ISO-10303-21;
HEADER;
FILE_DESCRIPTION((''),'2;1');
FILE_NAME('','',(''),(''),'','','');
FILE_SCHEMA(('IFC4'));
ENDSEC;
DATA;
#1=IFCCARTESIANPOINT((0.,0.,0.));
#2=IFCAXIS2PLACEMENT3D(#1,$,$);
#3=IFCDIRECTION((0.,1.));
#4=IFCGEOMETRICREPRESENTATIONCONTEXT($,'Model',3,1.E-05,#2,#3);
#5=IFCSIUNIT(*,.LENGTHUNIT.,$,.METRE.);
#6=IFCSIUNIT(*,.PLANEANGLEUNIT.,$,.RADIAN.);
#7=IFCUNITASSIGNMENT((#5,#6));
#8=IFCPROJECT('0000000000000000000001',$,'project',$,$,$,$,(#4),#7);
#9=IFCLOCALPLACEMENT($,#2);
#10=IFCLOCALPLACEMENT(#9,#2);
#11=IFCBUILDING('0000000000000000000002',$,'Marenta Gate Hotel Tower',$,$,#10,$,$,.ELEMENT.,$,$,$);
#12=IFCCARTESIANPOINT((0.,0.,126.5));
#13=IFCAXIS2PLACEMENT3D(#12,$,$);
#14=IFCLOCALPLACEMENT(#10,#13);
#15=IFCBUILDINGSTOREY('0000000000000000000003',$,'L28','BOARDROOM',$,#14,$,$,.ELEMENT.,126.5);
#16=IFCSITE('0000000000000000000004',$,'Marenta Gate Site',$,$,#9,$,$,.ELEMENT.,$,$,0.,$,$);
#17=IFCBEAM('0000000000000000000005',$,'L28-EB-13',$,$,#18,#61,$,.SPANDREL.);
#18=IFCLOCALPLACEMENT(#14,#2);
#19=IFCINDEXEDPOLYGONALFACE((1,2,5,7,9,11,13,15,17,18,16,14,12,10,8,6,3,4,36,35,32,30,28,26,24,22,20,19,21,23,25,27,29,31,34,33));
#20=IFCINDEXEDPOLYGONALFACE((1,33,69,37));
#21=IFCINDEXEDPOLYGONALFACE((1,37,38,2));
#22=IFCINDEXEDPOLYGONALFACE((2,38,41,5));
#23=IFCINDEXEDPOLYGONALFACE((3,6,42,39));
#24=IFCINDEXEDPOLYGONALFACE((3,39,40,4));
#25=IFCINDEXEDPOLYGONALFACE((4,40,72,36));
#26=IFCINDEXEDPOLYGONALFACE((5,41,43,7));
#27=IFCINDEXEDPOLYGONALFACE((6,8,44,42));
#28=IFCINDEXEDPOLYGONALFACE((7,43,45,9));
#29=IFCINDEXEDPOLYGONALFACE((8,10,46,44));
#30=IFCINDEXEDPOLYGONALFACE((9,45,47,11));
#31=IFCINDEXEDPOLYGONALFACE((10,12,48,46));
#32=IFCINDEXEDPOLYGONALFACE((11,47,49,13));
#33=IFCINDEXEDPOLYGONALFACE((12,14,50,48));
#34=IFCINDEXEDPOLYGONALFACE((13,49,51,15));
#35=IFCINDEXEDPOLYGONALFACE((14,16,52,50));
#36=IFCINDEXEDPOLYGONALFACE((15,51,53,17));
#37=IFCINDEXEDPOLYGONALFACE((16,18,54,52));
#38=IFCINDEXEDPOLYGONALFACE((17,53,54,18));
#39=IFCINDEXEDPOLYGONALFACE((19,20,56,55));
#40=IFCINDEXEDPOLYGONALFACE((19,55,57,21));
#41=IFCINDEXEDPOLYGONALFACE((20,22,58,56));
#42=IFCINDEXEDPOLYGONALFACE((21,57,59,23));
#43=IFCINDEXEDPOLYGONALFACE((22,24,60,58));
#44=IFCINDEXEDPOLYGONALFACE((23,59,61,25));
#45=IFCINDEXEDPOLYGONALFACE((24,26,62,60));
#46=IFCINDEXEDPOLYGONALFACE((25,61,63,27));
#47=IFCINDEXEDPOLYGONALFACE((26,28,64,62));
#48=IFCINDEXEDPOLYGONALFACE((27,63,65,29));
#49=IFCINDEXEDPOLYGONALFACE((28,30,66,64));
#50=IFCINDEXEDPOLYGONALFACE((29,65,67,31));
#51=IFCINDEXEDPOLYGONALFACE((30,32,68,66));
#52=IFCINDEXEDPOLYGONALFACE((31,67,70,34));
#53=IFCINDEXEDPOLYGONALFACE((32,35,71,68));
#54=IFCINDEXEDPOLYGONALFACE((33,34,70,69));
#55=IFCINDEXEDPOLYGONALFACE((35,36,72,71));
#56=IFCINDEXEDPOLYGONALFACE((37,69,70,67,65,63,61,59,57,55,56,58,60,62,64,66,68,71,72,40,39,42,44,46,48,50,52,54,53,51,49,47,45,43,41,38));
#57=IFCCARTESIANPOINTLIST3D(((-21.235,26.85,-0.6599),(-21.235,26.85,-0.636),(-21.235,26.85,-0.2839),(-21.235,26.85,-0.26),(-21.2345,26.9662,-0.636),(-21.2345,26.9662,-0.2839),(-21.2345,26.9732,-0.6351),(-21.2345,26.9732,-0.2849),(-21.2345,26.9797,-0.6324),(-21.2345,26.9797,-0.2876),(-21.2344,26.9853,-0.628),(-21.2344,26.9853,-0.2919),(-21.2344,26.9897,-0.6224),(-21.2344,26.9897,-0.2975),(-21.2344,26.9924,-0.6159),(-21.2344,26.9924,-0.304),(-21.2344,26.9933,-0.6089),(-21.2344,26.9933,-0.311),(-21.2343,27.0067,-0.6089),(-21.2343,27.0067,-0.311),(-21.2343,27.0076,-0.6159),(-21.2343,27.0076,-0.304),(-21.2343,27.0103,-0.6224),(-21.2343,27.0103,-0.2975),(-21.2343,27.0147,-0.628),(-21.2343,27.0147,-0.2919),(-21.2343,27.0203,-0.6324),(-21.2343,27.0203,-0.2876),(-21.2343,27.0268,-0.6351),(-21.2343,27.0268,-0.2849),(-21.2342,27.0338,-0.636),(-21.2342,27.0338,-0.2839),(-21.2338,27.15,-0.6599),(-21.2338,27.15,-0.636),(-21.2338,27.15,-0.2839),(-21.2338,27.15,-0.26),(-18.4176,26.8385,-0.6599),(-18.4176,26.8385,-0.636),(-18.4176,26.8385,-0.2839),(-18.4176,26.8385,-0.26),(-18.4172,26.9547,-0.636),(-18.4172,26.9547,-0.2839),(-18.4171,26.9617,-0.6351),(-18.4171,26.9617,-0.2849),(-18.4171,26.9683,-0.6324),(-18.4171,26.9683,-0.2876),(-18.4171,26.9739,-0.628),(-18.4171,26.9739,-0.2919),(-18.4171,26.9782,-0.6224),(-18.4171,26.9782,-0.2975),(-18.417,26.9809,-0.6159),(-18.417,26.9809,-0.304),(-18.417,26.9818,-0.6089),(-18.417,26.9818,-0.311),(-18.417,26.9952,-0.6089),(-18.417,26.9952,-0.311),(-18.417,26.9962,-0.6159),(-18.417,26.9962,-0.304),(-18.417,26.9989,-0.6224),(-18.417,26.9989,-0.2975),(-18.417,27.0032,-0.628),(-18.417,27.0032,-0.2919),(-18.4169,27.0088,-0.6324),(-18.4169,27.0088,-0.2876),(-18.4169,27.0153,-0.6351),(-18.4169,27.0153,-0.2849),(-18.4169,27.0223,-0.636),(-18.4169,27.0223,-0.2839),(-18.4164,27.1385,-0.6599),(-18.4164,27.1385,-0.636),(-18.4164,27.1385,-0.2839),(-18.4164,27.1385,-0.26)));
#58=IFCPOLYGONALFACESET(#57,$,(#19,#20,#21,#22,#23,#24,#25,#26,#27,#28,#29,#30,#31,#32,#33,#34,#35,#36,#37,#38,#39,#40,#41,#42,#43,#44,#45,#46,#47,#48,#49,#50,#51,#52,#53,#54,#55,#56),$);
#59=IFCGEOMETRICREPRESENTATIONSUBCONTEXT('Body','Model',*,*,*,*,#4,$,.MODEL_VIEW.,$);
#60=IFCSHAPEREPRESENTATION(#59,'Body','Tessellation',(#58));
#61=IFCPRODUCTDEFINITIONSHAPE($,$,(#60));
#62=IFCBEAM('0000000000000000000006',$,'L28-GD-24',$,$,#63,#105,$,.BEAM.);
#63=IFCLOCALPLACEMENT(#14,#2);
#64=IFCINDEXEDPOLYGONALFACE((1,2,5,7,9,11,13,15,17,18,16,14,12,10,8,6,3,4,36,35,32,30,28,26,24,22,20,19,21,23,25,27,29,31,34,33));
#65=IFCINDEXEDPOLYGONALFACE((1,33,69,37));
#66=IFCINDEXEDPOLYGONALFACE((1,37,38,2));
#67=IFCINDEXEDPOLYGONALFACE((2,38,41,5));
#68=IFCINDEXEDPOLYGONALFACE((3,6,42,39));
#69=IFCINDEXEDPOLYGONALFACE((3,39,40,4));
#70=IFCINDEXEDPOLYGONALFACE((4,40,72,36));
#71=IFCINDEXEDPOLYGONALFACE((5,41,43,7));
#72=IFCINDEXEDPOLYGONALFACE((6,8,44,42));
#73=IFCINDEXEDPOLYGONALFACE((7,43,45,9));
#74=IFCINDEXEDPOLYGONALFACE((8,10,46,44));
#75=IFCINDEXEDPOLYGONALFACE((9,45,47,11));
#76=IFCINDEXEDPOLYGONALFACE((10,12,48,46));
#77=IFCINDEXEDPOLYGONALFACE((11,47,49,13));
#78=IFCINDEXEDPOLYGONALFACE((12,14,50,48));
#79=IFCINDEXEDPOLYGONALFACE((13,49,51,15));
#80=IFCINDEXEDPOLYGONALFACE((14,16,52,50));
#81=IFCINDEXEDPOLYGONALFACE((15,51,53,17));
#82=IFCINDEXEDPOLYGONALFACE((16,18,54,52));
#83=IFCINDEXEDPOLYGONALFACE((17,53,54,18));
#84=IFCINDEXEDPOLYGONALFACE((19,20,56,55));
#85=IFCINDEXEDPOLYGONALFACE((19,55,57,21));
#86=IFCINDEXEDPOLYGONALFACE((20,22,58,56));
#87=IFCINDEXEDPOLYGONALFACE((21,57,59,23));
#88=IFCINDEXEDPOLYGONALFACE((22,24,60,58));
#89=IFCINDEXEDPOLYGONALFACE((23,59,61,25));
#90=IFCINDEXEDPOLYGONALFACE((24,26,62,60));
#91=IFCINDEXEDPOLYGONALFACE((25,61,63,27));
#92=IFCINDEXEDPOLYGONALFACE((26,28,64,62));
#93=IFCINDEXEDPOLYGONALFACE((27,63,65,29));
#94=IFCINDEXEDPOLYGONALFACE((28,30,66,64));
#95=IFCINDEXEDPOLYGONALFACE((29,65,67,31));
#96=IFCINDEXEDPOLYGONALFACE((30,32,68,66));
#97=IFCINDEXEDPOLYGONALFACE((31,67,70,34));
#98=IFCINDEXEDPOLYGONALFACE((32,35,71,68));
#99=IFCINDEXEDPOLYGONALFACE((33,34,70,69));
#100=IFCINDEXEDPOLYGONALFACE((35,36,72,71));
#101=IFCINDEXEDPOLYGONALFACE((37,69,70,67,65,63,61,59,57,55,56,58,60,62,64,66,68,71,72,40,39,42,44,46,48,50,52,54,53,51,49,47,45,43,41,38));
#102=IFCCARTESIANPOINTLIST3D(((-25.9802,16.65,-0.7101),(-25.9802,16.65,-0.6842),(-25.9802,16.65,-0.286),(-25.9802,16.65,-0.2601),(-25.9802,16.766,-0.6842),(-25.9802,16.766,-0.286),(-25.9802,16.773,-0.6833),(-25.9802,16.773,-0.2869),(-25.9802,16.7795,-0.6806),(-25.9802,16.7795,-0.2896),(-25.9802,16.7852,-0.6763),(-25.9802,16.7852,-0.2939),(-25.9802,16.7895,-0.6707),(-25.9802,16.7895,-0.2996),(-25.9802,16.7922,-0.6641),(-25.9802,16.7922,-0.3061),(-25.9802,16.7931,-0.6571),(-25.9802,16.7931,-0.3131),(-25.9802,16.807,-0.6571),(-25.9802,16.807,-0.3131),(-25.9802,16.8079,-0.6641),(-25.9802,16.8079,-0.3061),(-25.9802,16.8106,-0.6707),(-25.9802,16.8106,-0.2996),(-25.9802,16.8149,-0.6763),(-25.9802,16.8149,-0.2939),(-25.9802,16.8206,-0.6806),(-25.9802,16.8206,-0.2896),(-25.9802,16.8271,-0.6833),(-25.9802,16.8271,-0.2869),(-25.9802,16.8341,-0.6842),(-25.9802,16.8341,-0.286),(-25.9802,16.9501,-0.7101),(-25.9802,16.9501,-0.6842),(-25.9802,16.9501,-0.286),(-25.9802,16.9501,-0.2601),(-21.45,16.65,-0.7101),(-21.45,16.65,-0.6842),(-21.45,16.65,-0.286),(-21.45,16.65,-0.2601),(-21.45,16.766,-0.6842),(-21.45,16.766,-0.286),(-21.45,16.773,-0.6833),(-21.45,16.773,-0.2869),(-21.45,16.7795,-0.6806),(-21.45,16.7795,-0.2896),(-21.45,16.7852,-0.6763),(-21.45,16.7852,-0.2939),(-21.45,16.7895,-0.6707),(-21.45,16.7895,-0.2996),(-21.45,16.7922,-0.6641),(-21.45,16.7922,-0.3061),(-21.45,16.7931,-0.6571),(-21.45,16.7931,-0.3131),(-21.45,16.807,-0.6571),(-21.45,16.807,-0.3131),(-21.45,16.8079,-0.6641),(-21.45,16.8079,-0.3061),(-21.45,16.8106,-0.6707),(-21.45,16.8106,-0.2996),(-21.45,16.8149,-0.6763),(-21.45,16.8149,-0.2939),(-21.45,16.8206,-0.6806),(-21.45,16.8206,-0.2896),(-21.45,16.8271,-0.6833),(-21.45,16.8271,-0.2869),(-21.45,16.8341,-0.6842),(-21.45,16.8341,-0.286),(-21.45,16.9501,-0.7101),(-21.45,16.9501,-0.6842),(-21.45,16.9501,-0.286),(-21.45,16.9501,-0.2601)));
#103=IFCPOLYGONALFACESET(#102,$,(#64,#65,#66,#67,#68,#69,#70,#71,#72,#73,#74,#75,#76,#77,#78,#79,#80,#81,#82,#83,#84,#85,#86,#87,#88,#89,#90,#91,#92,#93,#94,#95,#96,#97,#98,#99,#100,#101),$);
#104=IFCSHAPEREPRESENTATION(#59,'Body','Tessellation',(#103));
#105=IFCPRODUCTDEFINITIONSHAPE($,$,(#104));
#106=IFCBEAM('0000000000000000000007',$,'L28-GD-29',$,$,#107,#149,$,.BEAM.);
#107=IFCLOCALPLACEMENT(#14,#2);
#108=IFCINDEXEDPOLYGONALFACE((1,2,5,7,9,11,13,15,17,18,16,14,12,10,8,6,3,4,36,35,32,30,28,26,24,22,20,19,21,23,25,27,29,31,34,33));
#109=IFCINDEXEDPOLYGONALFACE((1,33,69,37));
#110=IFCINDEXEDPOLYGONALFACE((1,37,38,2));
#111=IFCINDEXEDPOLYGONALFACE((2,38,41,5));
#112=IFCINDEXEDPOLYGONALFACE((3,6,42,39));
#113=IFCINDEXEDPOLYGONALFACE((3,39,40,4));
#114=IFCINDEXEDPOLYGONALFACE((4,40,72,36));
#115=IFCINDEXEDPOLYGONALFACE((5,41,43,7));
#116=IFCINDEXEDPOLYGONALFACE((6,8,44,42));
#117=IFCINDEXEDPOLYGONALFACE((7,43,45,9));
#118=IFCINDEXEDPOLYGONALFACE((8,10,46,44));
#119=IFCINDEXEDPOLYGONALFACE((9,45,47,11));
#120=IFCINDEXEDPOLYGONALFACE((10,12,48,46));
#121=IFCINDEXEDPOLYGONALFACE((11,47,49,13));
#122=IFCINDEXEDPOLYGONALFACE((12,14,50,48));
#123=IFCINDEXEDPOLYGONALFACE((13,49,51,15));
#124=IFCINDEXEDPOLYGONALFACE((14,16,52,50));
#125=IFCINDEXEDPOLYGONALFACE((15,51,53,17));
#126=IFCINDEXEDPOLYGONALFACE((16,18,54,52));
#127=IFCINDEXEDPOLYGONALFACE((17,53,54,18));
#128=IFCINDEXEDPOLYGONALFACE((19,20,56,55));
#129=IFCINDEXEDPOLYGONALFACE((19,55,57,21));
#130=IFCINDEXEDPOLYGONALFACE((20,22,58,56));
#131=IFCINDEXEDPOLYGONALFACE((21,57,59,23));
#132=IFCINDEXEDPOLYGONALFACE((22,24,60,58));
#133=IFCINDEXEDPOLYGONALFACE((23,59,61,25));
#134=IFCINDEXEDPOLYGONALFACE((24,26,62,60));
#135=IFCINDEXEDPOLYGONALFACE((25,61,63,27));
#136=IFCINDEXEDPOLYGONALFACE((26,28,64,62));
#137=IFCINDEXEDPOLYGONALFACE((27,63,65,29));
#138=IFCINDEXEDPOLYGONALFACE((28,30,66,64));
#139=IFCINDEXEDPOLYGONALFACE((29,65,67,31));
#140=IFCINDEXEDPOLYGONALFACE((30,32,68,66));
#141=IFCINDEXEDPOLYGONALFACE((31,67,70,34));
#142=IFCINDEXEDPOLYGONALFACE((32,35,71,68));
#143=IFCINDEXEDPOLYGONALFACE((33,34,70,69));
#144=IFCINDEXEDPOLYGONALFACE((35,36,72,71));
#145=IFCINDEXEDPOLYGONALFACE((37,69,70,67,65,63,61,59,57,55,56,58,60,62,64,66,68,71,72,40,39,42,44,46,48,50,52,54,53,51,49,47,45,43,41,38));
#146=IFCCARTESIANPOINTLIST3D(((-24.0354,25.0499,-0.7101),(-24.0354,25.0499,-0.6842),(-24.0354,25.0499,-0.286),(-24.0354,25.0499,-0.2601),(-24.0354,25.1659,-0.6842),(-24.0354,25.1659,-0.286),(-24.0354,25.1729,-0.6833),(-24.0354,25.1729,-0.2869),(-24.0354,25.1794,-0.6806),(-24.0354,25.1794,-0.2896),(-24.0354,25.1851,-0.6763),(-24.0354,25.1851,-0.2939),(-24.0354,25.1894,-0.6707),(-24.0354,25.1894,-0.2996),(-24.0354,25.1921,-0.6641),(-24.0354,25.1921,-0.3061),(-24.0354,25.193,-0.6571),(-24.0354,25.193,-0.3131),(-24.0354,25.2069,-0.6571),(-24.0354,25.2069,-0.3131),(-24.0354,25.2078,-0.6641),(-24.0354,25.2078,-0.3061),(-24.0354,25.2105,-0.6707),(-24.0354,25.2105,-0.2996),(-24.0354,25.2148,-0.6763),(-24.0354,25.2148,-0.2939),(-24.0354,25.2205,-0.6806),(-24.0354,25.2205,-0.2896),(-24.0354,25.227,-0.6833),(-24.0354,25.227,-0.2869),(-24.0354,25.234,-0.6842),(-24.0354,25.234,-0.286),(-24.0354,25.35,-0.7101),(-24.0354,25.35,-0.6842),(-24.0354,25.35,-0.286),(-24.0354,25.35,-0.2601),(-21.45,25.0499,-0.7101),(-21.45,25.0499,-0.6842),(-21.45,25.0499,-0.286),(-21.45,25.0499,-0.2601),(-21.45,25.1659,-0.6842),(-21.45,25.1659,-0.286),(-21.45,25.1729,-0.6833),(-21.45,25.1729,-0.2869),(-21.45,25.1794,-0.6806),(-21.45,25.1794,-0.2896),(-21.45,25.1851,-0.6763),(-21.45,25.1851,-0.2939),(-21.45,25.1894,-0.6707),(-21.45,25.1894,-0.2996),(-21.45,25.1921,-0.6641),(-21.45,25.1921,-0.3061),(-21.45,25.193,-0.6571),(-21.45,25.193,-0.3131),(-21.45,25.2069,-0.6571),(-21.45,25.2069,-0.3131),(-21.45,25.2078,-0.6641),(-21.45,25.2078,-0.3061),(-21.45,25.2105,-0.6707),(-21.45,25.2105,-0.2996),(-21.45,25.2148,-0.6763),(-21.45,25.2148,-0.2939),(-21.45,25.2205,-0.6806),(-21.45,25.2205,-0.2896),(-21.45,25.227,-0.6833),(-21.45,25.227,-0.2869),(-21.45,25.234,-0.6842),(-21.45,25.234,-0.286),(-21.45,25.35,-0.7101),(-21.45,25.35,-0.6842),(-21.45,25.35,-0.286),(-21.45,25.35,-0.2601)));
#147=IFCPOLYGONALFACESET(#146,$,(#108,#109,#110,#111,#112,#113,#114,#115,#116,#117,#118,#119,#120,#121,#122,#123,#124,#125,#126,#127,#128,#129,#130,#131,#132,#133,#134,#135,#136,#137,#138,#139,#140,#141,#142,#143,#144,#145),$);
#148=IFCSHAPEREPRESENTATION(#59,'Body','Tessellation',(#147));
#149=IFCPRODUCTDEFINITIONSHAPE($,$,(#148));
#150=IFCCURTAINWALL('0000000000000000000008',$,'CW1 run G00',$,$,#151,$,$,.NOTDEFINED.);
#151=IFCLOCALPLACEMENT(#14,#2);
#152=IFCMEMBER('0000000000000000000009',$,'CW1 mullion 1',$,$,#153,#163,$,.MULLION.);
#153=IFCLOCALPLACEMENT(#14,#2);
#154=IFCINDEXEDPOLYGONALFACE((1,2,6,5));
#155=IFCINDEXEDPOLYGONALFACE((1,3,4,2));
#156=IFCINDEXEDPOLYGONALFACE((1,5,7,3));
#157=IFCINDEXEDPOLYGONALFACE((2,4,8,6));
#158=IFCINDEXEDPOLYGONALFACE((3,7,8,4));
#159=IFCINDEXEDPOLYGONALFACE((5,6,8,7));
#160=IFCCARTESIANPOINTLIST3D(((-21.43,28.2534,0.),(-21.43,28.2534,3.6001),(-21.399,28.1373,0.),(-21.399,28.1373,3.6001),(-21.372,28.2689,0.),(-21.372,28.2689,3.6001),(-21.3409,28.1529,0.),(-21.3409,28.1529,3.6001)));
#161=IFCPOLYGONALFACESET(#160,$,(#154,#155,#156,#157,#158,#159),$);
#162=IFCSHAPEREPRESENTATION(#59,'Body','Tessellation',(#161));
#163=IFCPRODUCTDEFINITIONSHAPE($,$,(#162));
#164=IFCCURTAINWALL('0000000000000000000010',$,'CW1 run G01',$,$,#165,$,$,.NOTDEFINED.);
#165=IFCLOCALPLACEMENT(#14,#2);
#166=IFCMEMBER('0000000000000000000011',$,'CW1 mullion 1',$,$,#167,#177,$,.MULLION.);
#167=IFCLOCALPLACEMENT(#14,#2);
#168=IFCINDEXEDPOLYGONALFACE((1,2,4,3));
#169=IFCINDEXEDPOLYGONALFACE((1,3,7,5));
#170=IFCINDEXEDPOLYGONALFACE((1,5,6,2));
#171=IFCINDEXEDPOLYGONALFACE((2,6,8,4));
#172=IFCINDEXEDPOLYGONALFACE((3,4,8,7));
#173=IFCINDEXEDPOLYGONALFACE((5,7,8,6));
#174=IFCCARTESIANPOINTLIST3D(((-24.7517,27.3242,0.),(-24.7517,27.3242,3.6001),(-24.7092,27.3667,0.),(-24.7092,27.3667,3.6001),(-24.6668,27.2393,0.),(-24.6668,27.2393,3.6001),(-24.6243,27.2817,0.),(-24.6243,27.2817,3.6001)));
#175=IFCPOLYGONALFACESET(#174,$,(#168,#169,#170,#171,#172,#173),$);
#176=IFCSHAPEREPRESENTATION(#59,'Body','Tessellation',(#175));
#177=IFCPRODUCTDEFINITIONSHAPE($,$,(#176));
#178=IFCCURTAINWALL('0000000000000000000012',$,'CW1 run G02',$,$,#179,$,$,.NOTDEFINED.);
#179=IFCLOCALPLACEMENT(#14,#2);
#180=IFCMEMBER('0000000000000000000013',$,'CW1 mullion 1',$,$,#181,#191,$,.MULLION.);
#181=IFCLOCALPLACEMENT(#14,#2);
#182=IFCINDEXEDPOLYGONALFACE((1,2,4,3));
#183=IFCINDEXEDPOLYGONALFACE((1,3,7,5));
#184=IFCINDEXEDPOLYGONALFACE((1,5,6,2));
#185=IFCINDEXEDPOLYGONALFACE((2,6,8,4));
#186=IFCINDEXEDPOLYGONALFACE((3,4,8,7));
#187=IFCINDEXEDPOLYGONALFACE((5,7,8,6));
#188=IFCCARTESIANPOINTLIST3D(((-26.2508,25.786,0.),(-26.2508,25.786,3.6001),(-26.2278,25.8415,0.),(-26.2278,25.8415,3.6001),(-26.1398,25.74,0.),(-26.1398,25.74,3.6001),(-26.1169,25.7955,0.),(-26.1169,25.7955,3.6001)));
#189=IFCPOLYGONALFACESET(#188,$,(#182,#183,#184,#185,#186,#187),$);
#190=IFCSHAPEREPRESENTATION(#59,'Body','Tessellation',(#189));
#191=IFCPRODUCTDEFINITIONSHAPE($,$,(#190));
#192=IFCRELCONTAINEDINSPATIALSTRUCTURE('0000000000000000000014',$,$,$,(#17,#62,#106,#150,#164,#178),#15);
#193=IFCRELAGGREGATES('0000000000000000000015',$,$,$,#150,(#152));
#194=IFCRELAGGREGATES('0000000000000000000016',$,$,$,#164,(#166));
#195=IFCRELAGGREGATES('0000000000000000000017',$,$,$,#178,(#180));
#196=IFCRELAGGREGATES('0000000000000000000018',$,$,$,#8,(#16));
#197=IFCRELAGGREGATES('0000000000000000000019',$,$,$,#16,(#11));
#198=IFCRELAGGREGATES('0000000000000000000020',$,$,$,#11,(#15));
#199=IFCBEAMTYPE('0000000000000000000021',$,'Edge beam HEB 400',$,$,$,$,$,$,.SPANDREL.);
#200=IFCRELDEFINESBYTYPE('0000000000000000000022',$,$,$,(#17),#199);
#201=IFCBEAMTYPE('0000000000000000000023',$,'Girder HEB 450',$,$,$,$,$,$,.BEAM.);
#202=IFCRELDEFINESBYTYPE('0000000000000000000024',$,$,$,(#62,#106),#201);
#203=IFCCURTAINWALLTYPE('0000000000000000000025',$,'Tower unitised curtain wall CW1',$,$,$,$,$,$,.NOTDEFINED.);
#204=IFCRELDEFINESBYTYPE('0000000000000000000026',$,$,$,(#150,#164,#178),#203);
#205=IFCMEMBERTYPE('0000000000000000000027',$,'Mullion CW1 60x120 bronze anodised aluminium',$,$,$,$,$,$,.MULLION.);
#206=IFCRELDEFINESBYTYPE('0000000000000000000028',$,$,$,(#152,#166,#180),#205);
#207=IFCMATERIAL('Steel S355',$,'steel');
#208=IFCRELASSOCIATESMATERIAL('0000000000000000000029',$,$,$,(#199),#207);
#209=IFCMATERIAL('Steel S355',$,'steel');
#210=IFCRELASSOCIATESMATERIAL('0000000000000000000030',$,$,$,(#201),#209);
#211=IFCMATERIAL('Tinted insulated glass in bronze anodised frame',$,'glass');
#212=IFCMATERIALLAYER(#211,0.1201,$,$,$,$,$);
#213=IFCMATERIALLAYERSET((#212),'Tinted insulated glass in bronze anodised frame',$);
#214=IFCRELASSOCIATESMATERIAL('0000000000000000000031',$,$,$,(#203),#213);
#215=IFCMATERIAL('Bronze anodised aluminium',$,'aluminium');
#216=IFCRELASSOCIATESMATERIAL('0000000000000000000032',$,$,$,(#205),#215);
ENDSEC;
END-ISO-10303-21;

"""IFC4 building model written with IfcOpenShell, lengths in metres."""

from ifc_helpers import new_model, si_unit, direction, frame, origin, origin_2d, place, context, subcontext, project, spatial, rectangle, i_section, extrude, material, layer, layer_set, material_profile, profile_set, type_object, element, aggregate, save


model = new_model("IFC4")

# Units and contexts
model_context = context("Model", 3, precision=1e-05, world=origin(), true_north=direction((0.0, 1.0)))
body_context = subcontext(model_context, "Body", "Model", "MODEL_VIEW")
ifc_project = project(units=[si_unit("LENGTHUNIT", "METRE"), si_unit("PLANEANGLEUNIT", "RADIAN")], contexts=[model_context])

# Site, building, storey
site_placement = place(None, origin())
site = spatial("IfcSite", under=ifc_project, at=site_placement, Name="Marenta Gate Site", CompositionType="ELEMENT", RefElevation=0.0)
building_placement = place(site_placement, origin())
building = spatial("IfcBuilding", under=site, at=building_placement, Name="Marenta Gate Hotel Tower", CompositionType="ELEMENT")
storey_placement = place(building_placement, frame((0.0, 0.0, 126.5)))
storey = spatial("IfcBuildingStorey", under=building, at=storey_placement, Name="L28", Description="BOARDROOM", CompositionType="ELEMENT", Elevation=126.5)

# Beams
ifc_material_1 = material(Name="Steel S355", Category="steel")
ifc_material_profile_1 = material_profile(ifc_material_1, i_section(OverallWidth=0.3, OverallDepth=0.3999, WebThickness=0.0134, FlangeThickness=0.0239, FilletRadius=0.0271, at=origin_2d()), Name="HEB 400")
ifc_profile_set_1 = profile_set([ifc_material_profile_1], Name="Steel S355")
beam_type_1 = type_object("IfcBeamType", Name="Edge beam HEB 400", PredefinedType="SPANDREL", material=ifc_profile_set_1)
beam_1_placement = place(storey_placement, frame((-21.2344, 27.0, -0.46), z_axis=(0.999992, -0.004073, 0.0), x_axis=(0.004073, 0.999992, 0.0)))
element("IfcBeam", 1, at=beam_1_placement, inside=storey, type_object=beam_type_1, Name="L28-EB-13", PredefinedType="SPANDREL", context=body_context, shape_type="SweptSolid", body=[
    extrude(i_section(OverallWidth=0.3, OverallDepth=0.3999, WebThickness=0.0134, FlangeThickness=0.0239, FilletRadius=0.0271, at=origin_2d()), origin(), (0.0, 0.0, 1.0), 2.8174),
])
ifc_material_2 = material(Name="Steel S355", Category="steel")
ifc_material_profile_2 = material_profile(ifc_material_2, i_section(OverallWidth=0.3, OverallDepth=0.45, WebThickness=0.0139, FlangeThickness=0.0259, FilletRadius=0.0271, at=origin_2d()), Name="HEB 450")
ifc_profile_set_2 = profile_set([ifc_material_profile_2], Name="Steel S355")
beam_type_2 = type_object("IfcBeamType", Name="Girder HEB 450", PredefinedType="BEAM", material=ifc_profile_set_2)
beam_2_placement = place(storey_placement, frame((-25.9802, 16.8, -0.4851), z_axis=(1.0, 0.0, 0.0), x_axis=(0.0, 1.0, 0.0)))
element("IfcBeam", 2, at=beam_2_placement, inside=storey, type_object=beam_type_2, Name="L28-GD-24", PredefinedType="BEAM", context=body_context, shape_type="SweptSolid", body=[
    extrude(i_section(OverallWidth=0.3, OverallDepth=0.45, WebThickness=0.0139, FlangeThickness=0.0259, FilletRadius=0.0271, at=origin_2d()), origin(), (0.0, 0.0, 1.0), 4.5303),
])
beam_3_placement = place(storey_placement, frame((-24.0354, 25.2, -0.4851), z_axis=(1.0, 0.0, 0.0), x_axis=(0.0, 1.0, 0.0)))
element("IfcBeam", 3, at=beam_3_placement, inside=storey, type_object=beam_type_2, Name="L28-GD-29", PredefinedType="BEAM", context=body_context, shape_type="SweptSolid", body=[
    extrude(i_section(OverallWidth=0.3, OverallDepth=0.45, WebThickness=0.0139, FlangeThickness=0.0259, FilletRadius=0.0271, at=origin_2d()), origin(), (0.0, 0.0, 1.0), 2.5854),
])

# Curtain walls, members
ifc_material_3 = material(Name="Tinted insulated glass in bronze anodised frame", Category="glass")
ifc_layer_1 = layer(ifc_material_3, 0.1201)
ifc_layer_set_1 = layer_set([ifc_layer_1], Name="Tinted insulated glass in bronze anodised frame")
curtain_wall_type = type_object("IfcCurtainWallType", Name="Tower unitised curtain wall CW1", PredefinedType="NOTDEFINED", material=ifc_layer_set_1)
curtain_wall_1_placement = place(storey_placement, origin())
curtain_wall_1 = element("IfcCurtainWall", 4, at=curtain_wall_1_placement, inside=storey, type_object=curtain_wall_type, Name="CW1 run G00", PredefinedType="NOTDEFINED")
ifc_material_4 = material(Name="Bronze anodised aluminium", Category="aluminium")
ifc_material_profile_3 = material_profile(ifc_material_4, rectangle(XDim=0.1201, YDim=0.0601, at=origin_2d()), Name="Mullion CW1 60x120 bronze anodised aluminium")
ifc_profile_set_3 = profile_set([ifc_material_profile_3], Name="Bronze anodised aluminium")
member_type_1 = type_object("IfcMemberType", Name="Mullion CW1 60x120 bronze anodised aluminium", PredefinedType="MULLION", material=ifc_profile_set_3)
member_1_placement = place(storey_placement, frame((-21.3855, 28.2031, 0.0), z_axis=(0.0, 0.0, 1.0), x_axis=(0.258801, -0.965931, 0.0)))
member_1 = element("IfcMember", 5, at=member_1_placement, type_object=member_type_1, Name="CW1 mullion 1", PredefinedType="MULLION", context=body_context, shape_type="SweptSolid", body=[
    extrude(rectangle(XDim=0.1201, YDim=0.0601, at=origin_2d()), origin(), (0.0, 0.0, 1.0), 3.6001),
])
curtain_wall_2_placement = place(storey_placement, origin())
curtain_wall_2 = element("IfcCurtainWall", 6, at=curtain_wall_2_placement, inside=storey, type_object=curtain_wall_type, Name="CW1 run G01", PredefinedType="NOTDEFINED")
member_2_placement = place(storey_placement, frame((-24.688, 27.303, 0.0), z_axis=(0.0, 0.0, 1.0), x_axis=(0.707107, -0.707107, 0.0)))
member_2 = element("IfcMember", 7, at=member_2_placement, type_object=member_type_1, Name="CW1 mullion 1", PredefinedType="MULLION", context=body_context, shape_type="SweptSolid", body=[
    extrude(rectangle(XDim=0.1201, YDim=0.0601, at=origin_2d()), origin(), (0.0, 0.0, 1.0), 3.6001),
])
curtain_wall_3_placement = place(storey_placement, origin())
curtain_wall_3 = element("IfcCurtainWall", 8, at=curtain_wall_3_placement, inside=storey, type_object=curtain_wall_type, Name="CW1 run G02", PredefinedType="NOTDEFINED")
member_3_placement = place(storey_placement, frame((-26.1838, 25.7908, 0.0), z_axis=(0.0, 0.0, 1.0), x_axis=(0.923884, -0.382672, 0.0)))
member_3 = element("IfcMember", 9, at=member_3_placement, type_object=member_type_1, Name="CW1 mullion 1", PredefinedType="MULLION", context=body_context, shape_type="SweptSolid", body=[
    extrude(rectangle(XDim=0.1201, YDim=0.0601, at=origin_2d()), origin(), (0.0, 0.0, 1.0), 3.6001),
])

aggregate(curtain_wall_1, [member_1])
aggregate(curtain_wall_2, [member_2])
aggregate(curtain_wall_3, [member_3])

save(model, "model.ifc")
